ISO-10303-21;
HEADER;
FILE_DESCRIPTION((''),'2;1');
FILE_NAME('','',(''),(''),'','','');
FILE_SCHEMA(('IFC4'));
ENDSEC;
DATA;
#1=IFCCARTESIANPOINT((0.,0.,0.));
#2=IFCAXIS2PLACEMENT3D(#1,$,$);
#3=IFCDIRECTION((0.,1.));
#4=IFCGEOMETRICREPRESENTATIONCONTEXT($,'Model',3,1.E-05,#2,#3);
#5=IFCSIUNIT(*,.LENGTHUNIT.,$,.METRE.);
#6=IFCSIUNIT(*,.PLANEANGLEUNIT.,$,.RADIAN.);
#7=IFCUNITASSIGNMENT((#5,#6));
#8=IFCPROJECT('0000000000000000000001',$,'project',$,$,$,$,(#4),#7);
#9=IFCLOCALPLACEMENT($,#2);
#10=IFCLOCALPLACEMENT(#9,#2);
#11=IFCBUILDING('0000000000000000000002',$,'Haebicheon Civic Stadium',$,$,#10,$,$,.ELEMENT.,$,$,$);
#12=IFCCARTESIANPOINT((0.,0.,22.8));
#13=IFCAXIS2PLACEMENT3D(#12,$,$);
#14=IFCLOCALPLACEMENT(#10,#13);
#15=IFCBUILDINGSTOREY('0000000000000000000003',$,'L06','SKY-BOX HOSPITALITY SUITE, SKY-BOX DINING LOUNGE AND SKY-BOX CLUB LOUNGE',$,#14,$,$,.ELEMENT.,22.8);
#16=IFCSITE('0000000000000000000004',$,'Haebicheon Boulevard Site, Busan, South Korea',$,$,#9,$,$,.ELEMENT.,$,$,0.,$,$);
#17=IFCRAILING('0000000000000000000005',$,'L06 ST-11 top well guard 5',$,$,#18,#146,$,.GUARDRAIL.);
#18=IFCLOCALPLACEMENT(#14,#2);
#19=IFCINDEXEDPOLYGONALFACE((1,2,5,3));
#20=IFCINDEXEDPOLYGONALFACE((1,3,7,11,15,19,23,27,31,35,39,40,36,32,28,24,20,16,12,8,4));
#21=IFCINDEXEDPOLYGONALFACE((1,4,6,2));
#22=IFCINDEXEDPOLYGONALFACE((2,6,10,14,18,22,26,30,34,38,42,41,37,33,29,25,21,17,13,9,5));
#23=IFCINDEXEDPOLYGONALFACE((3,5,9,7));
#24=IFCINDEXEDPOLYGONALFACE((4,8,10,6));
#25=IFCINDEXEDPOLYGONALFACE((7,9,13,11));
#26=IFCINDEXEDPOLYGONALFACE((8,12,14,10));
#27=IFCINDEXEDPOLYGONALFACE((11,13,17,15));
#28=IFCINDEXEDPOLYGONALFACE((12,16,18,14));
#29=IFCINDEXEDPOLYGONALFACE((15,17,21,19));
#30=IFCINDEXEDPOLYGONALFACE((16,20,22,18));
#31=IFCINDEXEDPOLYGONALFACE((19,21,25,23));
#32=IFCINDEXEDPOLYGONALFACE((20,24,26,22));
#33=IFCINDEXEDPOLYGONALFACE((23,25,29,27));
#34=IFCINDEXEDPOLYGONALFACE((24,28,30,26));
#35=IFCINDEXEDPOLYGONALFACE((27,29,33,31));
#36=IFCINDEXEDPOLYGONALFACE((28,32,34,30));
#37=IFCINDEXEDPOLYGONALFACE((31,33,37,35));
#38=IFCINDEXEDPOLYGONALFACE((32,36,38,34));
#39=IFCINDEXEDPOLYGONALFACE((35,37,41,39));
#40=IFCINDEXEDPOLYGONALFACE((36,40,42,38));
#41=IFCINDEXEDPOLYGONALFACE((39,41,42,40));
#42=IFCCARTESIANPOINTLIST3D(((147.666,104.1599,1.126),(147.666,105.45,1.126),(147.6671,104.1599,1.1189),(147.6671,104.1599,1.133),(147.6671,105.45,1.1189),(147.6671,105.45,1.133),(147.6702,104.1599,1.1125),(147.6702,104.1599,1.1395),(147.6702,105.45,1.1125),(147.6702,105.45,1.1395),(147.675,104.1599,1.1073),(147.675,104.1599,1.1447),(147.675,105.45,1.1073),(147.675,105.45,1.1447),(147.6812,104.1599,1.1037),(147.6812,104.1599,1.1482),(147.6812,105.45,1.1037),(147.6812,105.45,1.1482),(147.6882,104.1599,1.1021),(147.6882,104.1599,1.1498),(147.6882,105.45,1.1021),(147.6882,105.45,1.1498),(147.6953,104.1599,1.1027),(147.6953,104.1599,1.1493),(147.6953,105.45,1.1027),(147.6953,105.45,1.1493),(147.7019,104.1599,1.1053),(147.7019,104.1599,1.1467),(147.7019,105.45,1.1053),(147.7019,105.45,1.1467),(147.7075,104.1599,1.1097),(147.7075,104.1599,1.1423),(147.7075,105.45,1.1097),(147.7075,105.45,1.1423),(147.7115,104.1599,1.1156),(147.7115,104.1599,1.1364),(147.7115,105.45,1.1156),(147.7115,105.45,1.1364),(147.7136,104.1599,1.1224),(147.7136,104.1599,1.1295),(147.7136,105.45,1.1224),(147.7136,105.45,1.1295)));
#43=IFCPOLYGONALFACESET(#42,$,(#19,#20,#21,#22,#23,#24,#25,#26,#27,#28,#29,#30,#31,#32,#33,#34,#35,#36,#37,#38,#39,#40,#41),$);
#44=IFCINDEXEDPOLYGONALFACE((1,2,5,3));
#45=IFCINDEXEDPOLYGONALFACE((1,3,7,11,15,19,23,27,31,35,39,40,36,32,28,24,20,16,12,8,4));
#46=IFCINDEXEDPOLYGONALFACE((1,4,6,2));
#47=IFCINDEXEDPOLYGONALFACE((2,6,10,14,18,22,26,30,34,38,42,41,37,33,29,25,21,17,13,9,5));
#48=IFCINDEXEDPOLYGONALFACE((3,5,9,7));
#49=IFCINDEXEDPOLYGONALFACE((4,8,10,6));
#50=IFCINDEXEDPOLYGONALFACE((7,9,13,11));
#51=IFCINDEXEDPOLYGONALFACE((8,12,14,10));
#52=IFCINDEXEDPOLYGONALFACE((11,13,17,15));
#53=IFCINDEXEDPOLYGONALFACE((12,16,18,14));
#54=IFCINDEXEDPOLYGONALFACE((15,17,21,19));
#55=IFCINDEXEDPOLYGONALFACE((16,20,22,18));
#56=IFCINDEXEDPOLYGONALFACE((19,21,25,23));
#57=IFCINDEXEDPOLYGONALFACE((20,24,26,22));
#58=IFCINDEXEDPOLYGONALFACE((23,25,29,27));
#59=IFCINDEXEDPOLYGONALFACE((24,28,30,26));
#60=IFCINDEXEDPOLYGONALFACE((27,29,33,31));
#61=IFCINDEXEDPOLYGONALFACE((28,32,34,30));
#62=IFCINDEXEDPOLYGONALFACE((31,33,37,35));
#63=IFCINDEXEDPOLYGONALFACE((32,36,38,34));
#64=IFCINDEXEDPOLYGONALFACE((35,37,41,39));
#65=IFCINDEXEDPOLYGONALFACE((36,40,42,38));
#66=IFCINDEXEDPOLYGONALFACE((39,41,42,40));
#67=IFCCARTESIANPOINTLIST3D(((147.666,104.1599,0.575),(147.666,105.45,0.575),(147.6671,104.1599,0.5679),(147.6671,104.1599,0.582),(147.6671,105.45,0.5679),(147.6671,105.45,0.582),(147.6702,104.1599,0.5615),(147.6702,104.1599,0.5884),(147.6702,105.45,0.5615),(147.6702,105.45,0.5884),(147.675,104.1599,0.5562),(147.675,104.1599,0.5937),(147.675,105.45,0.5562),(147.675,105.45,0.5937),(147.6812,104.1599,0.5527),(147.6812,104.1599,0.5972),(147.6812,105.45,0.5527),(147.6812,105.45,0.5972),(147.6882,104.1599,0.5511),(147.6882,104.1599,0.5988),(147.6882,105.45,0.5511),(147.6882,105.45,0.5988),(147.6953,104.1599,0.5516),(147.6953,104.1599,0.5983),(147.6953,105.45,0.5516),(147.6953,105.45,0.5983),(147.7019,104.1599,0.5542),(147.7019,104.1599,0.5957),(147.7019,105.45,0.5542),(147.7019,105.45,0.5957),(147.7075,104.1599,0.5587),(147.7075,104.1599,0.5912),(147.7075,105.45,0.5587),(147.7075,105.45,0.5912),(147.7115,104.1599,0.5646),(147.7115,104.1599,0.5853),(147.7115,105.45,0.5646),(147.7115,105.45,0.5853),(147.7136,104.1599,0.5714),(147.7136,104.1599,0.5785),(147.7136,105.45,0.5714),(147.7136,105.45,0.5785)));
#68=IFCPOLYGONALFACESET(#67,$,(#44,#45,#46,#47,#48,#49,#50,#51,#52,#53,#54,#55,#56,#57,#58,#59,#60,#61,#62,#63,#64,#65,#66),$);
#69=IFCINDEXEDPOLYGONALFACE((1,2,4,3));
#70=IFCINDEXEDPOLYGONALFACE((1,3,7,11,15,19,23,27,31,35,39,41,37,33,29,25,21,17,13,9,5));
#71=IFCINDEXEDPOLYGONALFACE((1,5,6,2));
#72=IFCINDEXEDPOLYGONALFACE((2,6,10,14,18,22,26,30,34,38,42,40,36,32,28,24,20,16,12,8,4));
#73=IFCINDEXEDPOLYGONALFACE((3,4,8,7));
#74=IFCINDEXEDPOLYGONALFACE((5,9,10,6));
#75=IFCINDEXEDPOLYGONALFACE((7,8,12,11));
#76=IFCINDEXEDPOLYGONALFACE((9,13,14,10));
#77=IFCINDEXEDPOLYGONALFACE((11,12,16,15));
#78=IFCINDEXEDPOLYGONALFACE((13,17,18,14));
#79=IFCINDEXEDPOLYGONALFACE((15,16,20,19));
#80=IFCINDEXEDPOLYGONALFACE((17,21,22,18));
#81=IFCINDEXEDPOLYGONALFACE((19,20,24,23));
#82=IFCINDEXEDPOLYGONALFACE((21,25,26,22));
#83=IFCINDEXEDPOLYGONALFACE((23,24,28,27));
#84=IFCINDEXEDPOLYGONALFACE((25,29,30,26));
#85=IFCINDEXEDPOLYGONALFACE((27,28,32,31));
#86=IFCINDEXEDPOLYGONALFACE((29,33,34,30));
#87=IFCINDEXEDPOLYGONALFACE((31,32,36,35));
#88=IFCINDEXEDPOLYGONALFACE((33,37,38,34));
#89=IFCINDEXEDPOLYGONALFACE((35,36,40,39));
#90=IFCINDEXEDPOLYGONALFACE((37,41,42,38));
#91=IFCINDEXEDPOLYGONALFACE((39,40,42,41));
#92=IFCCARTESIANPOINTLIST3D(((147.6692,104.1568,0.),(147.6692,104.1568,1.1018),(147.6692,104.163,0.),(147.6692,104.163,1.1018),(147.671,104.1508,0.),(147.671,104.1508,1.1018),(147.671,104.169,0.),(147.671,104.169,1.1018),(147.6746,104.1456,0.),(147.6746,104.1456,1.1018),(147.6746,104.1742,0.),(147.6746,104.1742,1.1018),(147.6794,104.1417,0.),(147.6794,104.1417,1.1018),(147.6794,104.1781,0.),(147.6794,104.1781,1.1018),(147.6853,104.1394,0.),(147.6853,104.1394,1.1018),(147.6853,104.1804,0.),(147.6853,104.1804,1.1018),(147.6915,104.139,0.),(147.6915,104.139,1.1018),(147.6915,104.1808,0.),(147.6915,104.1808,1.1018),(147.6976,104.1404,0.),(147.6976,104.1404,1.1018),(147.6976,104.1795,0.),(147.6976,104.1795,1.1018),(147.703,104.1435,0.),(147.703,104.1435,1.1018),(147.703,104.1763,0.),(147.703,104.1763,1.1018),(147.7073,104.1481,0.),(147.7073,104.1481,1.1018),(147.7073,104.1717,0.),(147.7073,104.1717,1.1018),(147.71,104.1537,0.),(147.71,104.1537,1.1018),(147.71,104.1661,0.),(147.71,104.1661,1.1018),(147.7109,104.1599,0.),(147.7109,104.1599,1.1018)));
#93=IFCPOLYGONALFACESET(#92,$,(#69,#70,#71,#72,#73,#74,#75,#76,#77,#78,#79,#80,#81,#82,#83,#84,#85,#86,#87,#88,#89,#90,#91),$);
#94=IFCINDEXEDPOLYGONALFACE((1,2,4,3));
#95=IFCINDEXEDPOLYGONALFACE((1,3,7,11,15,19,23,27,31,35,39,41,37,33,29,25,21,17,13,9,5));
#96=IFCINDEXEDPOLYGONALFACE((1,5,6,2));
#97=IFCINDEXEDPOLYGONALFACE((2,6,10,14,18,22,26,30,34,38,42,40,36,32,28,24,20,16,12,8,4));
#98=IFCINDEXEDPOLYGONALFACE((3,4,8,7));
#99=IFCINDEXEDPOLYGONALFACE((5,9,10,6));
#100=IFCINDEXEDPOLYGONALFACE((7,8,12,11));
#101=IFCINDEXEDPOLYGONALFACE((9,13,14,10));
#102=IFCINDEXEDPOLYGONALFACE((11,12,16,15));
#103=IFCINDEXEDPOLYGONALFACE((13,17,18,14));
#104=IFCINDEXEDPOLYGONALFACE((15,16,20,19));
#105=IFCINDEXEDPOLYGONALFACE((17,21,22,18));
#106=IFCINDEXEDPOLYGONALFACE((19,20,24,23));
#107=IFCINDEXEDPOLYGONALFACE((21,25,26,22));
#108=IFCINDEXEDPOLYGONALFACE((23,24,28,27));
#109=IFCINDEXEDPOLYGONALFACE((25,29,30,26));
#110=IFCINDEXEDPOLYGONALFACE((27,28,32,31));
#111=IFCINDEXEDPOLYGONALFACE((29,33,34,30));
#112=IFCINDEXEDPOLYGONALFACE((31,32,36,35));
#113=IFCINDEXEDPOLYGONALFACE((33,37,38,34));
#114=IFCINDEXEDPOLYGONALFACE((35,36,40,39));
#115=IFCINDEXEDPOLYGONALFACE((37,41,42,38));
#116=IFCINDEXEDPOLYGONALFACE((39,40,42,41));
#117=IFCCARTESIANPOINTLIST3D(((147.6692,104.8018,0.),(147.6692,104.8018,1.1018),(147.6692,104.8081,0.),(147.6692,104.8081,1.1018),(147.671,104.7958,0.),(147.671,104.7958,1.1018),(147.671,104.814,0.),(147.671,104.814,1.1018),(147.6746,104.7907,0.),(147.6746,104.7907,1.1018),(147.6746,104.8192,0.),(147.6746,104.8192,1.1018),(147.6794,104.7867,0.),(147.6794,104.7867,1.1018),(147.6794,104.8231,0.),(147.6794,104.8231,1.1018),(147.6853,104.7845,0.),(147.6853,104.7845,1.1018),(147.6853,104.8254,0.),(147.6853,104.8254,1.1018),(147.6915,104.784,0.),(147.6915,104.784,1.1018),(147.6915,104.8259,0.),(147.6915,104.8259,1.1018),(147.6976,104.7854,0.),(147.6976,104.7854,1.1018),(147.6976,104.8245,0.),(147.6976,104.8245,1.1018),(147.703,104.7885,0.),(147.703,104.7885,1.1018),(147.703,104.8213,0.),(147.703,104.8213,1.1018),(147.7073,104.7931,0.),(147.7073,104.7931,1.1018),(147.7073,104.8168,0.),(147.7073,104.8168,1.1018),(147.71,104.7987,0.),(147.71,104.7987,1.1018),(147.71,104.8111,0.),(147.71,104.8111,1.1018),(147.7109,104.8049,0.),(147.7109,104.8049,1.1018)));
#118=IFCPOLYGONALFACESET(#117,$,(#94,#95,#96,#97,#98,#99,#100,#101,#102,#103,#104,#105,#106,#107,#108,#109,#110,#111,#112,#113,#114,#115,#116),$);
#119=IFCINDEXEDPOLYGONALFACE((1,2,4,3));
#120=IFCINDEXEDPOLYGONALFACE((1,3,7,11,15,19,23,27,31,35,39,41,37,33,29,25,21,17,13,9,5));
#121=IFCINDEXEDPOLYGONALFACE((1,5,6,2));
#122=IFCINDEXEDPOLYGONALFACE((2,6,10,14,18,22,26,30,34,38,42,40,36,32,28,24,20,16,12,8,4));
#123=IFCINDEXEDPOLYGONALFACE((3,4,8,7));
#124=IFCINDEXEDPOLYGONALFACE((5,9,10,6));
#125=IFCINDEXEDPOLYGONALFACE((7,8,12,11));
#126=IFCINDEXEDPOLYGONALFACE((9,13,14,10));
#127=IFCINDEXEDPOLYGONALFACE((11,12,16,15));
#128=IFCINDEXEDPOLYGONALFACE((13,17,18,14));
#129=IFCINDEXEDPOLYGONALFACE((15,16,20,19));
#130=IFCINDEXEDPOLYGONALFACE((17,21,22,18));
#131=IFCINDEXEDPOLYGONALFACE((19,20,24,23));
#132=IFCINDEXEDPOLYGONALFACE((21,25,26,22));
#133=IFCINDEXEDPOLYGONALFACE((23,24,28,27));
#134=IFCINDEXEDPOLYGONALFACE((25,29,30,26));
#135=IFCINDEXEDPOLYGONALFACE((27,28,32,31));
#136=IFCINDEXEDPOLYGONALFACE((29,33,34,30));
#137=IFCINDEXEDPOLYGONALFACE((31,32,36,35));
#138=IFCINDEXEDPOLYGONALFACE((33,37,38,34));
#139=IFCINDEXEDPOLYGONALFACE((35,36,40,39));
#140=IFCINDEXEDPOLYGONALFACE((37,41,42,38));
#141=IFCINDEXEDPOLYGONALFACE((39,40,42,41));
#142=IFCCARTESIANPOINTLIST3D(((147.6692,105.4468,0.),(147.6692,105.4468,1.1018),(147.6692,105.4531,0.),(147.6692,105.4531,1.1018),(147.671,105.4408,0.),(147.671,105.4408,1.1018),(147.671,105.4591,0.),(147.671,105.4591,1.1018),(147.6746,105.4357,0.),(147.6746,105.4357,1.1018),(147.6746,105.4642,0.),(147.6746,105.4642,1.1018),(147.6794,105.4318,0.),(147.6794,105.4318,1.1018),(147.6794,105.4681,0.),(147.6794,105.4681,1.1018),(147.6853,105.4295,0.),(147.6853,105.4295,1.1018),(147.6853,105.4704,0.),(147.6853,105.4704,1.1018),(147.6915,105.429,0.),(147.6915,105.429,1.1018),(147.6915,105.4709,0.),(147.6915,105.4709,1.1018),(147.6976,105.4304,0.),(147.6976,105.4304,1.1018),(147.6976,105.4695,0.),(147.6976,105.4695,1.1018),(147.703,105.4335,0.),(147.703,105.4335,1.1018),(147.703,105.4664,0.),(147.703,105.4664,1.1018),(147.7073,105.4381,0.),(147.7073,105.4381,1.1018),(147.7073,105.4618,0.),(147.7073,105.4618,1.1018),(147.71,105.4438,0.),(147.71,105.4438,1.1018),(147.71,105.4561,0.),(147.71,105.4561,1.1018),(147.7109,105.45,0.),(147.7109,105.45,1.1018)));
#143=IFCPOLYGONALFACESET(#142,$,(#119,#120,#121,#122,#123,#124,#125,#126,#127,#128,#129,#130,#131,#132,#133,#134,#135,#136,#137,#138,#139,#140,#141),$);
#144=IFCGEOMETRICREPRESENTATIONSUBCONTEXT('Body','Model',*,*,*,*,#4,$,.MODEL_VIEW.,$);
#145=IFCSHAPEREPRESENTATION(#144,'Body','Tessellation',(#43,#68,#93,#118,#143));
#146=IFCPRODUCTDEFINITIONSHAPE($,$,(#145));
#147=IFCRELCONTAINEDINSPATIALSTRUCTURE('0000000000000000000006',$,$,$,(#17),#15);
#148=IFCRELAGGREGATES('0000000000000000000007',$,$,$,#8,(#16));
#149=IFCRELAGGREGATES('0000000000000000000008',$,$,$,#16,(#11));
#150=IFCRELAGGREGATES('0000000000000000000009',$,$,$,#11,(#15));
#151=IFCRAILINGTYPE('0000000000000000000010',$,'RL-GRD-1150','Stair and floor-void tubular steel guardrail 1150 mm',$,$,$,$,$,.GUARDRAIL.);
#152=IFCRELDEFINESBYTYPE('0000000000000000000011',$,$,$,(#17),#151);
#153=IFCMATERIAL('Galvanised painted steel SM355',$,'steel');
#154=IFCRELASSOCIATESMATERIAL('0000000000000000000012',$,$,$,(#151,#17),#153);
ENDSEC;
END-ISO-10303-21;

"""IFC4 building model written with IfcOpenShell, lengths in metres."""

from ifc_helpers import new_model, si_unit, direction, frame, origin, origin_2d, place, context, subcontext, project, spatial, circle, extrude, material, type_object, element, save


model = new_model("IFC4")

# Units and contexts
model_context = context("Model", 3, precision=1e-05, world=origin(), true_north=direction((0.0, 1.0)))
body_context = subcontext(model_context, "Body", "Model", "MODEL_VIEW")
ifc_project = project(units=[si_unit("LENGTHUNIT", "METRE"), si_unit("PLANEANGLEUNIT", "RADIAN")], contexts=[model_context])

# Site, building, storey
site_placement = place(None, origin())
site = spatial("IfcSite", under=ifc_project, at=site_placement, Name="Haebicheon Boulevard Site, Busan, South Korea", CompositionType="ELEMENT", RefElevation=0.0)
building_placement = place(site_placement, origin())
building = spatial("IfcBuilding", under=site, at=building_placement, Name="Haebicheon Civic Stadium", CompositionType="ELEMENT")
storey_placement = place(building_placement, frame((0.0, 0.0, 22.8)))
storey = spatial("IfcBuildingStorey", under=building, at=storey_placement, Name="L06", Description="SKY-BOX HOSPITALITY SUITE, SKY-BOX DINING LOUNGE AND SKY-BOX CLUB LOUNGE", CompositionType="ELEMENT", Elevation=22.8)

# Railing
ifc_material_1 = material(Name="Galvanised painted steel SM355", Category="steel")
railing_type = type_object("IfcRailingType", Name="RL-GRD-1150", Description="Stair and floor-void tubular steel guardrail 1150 mm", PredefinedType="GUARDRAIL", material=ifc_material_1)
for number, where, name in (
    (1, (147.6899, 104.1599, 0.0), "L06 ST-11 top well guard 5"),
):
    element("IfcRailing", number, at=place(storey_placement, frame(where)), inside=storey, type_object=railing_type, material=ifc_material_1, Name=name, PredefinedType="GUARDRAIL", context=body_context, shape_type="SweptSolid", body=[
        extrude(circle(Radius=0.0239, at=origin_2d()), frame((0.0, 0.0, 1.126), z_axis=(0.0, 1.0, 0.0), x_axis=(-1.0, 0.0, 0.0)), (0.0, 0.0, 1.0), 1.29),
        extrude(circle(Radius=0.0239, at=origin_2d()), frame((0.0, 0.0, 0.575), z_axis=(0.0, 1.0, 0.0), x_axis=(-1.0, 0.0, 0.0)), (0.0, 0.0, 1.0), 1.29),
        extrude(circle(Radius=0.021, at=origin_2d()), origin(), (0.0, 0.0, 1.0), 1.1018),
        extrude(circle(Radius=0.021, at=origin_2d()), frame((0.0, 0.645, 0.0)), (0.0, 0.0, 1.0), 1.1018),
        extrude(circle(Radius=0.021, at=origin_2d()), frame((0.0, 1.29, 0.0)), (0.0, 0.0, 1.0), 1.1018),
    ])

save(model, "model.ifc")
